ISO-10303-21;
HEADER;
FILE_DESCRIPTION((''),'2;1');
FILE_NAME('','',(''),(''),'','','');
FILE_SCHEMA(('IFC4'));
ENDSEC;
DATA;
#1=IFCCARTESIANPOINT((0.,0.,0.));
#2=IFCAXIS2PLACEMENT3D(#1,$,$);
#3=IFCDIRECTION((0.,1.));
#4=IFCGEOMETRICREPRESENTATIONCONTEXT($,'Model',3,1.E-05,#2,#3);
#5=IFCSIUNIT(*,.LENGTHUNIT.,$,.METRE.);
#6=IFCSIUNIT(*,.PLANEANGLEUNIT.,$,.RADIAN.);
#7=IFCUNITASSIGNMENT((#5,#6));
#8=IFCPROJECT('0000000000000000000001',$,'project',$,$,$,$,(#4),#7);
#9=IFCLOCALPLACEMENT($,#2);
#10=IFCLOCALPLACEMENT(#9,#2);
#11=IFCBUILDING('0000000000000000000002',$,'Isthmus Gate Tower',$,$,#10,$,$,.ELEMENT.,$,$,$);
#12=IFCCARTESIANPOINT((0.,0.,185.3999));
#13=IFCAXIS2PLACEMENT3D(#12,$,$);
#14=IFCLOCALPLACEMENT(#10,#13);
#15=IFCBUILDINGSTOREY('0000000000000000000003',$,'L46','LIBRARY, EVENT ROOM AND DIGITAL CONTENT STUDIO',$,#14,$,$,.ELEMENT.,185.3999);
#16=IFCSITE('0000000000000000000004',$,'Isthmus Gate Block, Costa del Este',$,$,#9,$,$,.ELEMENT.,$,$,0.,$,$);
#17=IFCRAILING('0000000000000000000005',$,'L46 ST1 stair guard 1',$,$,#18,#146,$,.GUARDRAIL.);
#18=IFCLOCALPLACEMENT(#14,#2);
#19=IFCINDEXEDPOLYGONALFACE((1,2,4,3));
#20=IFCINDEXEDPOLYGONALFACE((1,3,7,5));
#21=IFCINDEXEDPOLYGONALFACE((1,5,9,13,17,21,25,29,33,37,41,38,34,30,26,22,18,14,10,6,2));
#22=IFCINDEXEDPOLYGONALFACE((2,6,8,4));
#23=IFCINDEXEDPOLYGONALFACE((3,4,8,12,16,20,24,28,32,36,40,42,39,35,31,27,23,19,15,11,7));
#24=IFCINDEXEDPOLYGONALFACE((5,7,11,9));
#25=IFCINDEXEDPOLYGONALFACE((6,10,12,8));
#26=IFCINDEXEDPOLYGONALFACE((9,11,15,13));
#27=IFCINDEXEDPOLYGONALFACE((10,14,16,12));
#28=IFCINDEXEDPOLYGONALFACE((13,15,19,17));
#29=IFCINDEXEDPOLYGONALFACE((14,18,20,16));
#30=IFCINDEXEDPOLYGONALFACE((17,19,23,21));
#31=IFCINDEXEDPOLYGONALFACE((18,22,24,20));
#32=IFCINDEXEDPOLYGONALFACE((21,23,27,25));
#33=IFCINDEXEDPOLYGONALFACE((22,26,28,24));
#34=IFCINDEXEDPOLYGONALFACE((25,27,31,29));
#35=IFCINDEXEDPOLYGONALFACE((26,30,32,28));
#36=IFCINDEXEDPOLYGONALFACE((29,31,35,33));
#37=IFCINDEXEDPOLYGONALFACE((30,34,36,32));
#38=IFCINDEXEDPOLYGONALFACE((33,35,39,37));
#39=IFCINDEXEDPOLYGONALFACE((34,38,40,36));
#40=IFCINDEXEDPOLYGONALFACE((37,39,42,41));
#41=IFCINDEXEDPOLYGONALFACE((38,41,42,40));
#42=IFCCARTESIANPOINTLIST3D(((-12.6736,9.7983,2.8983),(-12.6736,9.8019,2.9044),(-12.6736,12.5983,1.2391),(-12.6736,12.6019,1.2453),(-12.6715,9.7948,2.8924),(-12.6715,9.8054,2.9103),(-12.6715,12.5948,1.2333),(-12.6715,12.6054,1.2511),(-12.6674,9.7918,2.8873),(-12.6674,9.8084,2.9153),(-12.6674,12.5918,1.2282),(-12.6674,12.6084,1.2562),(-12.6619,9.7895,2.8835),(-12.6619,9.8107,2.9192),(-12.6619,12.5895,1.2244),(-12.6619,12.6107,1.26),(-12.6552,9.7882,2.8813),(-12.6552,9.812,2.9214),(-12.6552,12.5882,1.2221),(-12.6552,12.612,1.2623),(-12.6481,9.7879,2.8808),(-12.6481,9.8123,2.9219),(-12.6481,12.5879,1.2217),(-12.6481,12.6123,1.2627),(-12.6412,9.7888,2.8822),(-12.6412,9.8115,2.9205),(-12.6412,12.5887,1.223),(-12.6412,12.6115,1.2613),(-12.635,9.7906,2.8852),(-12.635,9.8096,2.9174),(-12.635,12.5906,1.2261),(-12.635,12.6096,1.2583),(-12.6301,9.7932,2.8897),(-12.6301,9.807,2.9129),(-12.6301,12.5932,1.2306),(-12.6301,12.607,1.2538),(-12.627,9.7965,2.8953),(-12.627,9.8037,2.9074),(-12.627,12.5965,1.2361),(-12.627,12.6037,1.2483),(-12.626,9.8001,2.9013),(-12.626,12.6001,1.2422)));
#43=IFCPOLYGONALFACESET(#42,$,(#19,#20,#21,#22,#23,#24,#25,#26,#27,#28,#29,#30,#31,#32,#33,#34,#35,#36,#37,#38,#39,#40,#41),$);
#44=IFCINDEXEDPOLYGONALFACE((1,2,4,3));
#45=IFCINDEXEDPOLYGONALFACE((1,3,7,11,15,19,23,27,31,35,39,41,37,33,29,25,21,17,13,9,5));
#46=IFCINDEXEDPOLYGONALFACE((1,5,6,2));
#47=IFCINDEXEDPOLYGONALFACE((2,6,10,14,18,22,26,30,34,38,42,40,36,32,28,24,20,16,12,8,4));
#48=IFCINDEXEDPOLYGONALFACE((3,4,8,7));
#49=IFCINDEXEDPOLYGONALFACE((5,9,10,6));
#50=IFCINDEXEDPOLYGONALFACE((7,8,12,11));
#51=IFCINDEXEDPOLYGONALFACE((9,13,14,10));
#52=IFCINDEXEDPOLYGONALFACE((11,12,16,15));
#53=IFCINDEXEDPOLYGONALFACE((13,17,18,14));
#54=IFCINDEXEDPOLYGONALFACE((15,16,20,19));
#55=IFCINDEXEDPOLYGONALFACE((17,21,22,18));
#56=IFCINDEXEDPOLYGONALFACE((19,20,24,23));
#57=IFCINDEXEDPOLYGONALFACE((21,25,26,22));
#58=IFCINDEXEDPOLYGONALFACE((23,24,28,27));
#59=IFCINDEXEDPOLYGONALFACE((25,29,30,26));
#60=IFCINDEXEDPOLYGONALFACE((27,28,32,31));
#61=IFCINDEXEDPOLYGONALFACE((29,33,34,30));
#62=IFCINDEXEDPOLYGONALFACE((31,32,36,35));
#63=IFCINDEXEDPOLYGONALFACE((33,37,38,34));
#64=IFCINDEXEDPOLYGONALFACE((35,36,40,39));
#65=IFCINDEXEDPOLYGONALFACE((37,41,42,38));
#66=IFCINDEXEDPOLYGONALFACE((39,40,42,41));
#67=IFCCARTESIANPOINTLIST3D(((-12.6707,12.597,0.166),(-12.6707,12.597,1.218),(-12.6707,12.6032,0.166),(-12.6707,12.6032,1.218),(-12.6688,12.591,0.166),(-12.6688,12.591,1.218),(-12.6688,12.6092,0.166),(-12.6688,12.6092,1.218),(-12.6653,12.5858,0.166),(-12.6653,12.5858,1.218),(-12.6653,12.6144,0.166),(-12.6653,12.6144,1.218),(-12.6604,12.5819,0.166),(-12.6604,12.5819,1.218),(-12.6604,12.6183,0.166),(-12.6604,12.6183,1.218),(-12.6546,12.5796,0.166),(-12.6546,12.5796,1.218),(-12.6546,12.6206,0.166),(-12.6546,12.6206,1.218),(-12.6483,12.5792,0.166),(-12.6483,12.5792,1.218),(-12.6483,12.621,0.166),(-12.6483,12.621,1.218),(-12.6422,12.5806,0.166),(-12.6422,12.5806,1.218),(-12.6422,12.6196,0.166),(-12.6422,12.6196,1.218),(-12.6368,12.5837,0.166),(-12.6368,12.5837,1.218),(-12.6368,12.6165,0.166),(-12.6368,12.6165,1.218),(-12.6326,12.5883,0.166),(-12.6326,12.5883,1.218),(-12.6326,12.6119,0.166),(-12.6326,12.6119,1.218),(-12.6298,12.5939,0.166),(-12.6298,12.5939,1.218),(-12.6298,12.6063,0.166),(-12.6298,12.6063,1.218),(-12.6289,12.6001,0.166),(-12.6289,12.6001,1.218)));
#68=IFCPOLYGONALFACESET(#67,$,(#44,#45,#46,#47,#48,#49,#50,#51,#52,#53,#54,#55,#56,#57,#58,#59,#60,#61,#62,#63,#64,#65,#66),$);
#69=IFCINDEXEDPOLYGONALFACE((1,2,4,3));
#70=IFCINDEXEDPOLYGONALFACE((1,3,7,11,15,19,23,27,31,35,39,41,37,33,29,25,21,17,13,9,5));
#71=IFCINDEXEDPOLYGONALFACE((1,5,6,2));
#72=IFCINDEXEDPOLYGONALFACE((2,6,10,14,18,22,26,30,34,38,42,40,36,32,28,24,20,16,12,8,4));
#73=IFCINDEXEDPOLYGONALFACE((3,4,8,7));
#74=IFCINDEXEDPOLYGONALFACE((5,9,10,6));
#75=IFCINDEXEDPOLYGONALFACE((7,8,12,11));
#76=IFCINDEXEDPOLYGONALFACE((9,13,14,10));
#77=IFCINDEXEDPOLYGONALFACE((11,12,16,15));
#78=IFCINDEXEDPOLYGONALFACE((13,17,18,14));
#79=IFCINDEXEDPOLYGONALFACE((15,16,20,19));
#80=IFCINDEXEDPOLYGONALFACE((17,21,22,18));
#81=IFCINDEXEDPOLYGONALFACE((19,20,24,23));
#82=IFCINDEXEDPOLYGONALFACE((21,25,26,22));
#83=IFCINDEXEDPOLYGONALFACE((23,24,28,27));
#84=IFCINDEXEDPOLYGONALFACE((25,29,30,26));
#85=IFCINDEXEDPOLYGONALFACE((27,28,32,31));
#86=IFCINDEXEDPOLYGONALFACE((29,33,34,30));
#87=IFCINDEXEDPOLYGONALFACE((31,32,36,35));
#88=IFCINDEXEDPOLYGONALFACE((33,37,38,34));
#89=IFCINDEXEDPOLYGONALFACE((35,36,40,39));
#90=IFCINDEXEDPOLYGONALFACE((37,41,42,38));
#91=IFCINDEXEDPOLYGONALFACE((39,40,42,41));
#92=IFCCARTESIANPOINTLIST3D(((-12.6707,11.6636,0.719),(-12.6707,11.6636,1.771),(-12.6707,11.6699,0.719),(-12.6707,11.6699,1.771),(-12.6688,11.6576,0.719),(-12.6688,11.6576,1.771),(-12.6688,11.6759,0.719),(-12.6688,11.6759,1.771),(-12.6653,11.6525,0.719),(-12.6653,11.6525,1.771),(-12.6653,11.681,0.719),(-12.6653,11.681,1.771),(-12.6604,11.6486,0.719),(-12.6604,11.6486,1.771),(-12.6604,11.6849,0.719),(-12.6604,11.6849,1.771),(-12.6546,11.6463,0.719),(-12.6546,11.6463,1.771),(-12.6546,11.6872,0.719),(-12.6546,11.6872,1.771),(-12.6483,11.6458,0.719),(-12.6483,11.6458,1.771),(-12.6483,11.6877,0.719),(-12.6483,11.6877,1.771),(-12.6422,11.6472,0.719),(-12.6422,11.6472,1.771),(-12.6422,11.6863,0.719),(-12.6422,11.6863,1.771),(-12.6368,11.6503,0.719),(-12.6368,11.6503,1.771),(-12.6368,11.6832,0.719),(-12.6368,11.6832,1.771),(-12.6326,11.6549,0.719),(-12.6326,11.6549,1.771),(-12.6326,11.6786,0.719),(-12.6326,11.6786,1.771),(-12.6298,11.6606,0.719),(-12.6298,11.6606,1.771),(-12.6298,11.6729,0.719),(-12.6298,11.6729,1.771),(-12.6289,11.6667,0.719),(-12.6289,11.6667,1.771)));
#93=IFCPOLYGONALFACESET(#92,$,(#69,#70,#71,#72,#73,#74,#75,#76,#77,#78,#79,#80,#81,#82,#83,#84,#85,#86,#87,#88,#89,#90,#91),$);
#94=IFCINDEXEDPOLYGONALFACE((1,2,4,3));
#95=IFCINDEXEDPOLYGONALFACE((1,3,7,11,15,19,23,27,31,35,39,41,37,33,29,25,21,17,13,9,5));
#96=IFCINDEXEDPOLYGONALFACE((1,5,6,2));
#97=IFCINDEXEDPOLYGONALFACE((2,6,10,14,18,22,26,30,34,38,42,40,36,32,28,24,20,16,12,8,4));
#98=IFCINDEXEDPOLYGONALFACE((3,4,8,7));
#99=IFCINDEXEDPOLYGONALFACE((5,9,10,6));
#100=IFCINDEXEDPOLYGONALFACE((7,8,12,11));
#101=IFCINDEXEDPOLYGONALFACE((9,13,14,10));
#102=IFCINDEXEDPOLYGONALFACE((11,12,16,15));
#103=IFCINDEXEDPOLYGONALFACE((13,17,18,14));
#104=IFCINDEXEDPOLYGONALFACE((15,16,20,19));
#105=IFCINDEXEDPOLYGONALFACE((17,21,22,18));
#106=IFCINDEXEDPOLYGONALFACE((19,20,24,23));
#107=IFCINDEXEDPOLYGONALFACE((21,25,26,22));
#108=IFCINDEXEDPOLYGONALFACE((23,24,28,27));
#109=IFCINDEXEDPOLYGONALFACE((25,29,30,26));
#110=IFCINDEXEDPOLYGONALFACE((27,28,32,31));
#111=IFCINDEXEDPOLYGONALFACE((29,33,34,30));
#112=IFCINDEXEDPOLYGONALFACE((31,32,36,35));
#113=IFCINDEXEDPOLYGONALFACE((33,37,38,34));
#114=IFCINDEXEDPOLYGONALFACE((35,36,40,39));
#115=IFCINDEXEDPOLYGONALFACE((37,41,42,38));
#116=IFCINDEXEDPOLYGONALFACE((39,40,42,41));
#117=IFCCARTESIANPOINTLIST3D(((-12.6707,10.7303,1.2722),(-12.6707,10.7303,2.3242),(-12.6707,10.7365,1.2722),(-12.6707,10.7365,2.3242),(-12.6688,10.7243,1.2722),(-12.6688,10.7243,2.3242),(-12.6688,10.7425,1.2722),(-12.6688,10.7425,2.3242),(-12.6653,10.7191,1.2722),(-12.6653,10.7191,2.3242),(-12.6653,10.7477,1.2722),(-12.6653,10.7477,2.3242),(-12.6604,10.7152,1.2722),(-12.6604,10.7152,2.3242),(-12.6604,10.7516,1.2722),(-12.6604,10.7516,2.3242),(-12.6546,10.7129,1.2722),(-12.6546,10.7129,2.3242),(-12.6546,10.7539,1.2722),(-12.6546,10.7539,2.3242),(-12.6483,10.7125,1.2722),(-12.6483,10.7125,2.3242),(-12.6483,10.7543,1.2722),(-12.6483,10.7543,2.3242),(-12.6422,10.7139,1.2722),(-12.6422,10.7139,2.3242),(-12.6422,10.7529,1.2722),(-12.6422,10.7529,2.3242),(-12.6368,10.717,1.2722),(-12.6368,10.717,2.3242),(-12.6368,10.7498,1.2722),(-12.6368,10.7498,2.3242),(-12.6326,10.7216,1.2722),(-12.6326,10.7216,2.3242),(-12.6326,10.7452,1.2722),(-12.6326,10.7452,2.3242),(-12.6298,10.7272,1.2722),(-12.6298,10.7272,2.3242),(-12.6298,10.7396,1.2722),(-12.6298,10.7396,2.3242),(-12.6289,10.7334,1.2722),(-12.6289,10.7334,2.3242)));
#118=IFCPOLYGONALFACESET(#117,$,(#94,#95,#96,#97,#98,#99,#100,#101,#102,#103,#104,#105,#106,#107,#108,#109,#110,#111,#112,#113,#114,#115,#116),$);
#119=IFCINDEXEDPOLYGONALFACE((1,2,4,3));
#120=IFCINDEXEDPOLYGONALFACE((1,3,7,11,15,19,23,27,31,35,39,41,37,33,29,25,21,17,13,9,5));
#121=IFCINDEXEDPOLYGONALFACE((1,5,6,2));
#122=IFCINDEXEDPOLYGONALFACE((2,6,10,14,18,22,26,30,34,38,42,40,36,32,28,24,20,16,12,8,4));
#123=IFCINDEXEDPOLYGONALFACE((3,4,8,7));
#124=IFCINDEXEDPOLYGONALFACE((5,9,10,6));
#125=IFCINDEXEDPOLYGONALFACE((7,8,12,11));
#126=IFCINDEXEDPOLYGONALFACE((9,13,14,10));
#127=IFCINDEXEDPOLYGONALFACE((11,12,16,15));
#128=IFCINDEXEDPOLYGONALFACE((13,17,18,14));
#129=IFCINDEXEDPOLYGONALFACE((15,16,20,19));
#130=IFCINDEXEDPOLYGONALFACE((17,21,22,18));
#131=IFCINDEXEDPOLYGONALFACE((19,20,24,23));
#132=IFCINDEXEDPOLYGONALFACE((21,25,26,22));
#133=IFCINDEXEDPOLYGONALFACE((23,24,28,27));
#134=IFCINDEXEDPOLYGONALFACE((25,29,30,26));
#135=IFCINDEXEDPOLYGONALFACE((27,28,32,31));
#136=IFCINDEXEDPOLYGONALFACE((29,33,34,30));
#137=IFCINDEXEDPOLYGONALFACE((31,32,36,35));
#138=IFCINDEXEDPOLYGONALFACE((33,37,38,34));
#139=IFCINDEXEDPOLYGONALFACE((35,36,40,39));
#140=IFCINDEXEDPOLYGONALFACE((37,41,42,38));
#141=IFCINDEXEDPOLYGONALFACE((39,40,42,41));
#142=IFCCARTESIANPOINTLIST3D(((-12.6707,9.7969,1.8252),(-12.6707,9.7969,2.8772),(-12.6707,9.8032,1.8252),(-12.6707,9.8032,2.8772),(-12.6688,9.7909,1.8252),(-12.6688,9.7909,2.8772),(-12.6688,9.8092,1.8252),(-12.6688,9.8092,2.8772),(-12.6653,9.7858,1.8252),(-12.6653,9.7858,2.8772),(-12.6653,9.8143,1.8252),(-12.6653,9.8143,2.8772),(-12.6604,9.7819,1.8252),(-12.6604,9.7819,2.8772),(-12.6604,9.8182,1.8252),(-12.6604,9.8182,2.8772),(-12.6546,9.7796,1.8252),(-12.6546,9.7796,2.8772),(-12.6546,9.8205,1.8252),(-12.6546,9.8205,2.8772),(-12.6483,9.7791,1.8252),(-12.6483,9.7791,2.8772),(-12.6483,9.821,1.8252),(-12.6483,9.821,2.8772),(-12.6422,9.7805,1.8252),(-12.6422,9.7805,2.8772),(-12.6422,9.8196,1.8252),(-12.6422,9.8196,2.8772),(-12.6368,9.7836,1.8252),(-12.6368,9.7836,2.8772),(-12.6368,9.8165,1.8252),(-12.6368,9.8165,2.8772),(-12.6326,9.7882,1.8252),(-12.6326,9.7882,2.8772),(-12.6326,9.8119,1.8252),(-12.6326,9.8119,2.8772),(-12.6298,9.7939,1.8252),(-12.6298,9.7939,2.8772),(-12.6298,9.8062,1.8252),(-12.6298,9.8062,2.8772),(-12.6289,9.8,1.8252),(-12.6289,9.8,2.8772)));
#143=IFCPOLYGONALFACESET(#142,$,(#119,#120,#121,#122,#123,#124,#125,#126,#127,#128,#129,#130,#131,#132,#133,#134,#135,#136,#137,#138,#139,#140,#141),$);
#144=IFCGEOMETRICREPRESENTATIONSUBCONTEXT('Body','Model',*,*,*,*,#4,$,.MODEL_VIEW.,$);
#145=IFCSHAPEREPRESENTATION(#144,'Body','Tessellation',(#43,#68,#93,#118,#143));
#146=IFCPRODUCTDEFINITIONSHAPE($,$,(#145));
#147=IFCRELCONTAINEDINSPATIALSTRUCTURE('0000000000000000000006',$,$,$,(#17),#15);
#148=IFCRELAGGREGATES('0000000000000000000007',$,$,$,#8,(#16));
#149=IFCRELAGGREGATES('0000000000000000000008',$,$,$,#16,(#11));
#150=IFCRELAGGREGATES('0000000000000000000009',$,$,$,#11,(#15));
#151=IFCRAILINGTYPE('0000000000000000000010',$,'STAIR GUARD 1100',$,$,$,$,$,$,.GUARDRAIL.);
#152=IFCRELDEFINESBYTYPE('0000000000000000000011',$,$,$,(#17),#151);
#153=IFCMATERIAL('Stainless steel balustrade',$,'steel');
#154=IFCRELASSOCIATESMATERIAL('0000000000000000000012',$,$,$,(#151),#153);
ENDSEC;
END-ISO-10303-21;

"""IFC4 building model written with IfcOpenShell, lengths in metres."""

from ifc_helpers import new_model, si_unit, direction, frame, origin, origin_2d, place, context, subcontext, project, spatial, circle, extrude, material, type_object, element, save


model = new_model("IFC4")

# Units and contexts
model_context = context("Model", 3, precision=1e-05, world=origin(), true_north=direction((0.0, 1.0)))
body_context = subcontext(model_context, "Body", "Model", "MODEL_VIEW")
ifc_project = project(units=[si_unit("LENGTHUNIT", "METRE"), si_unit("PLANEANGLEUNIT", "RADIAN")], contexts=[model_context])

# Site, building, storey
site_placement = place(None, origin())
site = spatial("IfcSite", under=ifc_project, at=site_placement, Name="Isthmus Gate Block, Costa del Este", CompositionType="ELEMENT", RefElevation=0.0)
building_placement = place(site_placement, origin())
building = spatial("IfcBuilding", under=site, at=building_placement, Name="Isthmus Gate Tower", CompositionType="ELEMENT")
storey_placement = place(building_placement, frame((0.0, 0.0, 185.3999)))
storey = spatial("IfcBuildingStorey", under=building, at=storey_placement, Name="L46", Description="LIBRARY, EVENT ROOM AND DIGITAL CONTENT STUDIO", CompositionType="ELEMENT", Elevation=185.3999)

# Railing
ifc_material_1 = material(Name="Stainless steel balustrade", Category="steel")
railing_type_1 = type_object("IfcRailingType", Name="STAIR GUARD 1100", PredefinedType="GUARDRAIL", material=ifc_material_1)
railing_1_placement = place(storey_placement, frame((-12.6499, 12.6001, 0.166)))
element("IfcRailing", 1, at=railing_1_placement, inside=storey, type_object=railing_type_1, Name="L46 ST1 stair guard 1", PredefinedType="GUARDRAIL", context=body_context, shape_type="SweptSolid", body=[
    extrude(circle(Radius=0.0239, at=origin_2d()), frame((0.0, 0.0, 1.0762), z_axis=(0.0, -0.860306, 0.509778), x_axis=(1.0, 0.0, 0.0)), (0.0, 0.0, 1.0), 3.2546),
    extrude(circle(Radius=0.021, at=origin_2d()), origin(), (0.0, 0.0, 1.0), 1.052),
    extrude(circle(Radius=0.021, at=origin_2d()), frame((0.0, -0.9333, 0.553)), (0.0, 0.0, 1.0), 1.052),
    extrude(circle(Radius=0.021, at=origin_2d()), frame((0.0, -1.8667, 1.1062)), (0.0, 0.0, 1.0), 1.052),
    extrude(circle(Radius=0.021, at=origin_2d()), frame((0.0, -2.8, 1.6592)), (0.0, 0.0, 1.0), 1.052),
])

save(model, "model.ifc")
